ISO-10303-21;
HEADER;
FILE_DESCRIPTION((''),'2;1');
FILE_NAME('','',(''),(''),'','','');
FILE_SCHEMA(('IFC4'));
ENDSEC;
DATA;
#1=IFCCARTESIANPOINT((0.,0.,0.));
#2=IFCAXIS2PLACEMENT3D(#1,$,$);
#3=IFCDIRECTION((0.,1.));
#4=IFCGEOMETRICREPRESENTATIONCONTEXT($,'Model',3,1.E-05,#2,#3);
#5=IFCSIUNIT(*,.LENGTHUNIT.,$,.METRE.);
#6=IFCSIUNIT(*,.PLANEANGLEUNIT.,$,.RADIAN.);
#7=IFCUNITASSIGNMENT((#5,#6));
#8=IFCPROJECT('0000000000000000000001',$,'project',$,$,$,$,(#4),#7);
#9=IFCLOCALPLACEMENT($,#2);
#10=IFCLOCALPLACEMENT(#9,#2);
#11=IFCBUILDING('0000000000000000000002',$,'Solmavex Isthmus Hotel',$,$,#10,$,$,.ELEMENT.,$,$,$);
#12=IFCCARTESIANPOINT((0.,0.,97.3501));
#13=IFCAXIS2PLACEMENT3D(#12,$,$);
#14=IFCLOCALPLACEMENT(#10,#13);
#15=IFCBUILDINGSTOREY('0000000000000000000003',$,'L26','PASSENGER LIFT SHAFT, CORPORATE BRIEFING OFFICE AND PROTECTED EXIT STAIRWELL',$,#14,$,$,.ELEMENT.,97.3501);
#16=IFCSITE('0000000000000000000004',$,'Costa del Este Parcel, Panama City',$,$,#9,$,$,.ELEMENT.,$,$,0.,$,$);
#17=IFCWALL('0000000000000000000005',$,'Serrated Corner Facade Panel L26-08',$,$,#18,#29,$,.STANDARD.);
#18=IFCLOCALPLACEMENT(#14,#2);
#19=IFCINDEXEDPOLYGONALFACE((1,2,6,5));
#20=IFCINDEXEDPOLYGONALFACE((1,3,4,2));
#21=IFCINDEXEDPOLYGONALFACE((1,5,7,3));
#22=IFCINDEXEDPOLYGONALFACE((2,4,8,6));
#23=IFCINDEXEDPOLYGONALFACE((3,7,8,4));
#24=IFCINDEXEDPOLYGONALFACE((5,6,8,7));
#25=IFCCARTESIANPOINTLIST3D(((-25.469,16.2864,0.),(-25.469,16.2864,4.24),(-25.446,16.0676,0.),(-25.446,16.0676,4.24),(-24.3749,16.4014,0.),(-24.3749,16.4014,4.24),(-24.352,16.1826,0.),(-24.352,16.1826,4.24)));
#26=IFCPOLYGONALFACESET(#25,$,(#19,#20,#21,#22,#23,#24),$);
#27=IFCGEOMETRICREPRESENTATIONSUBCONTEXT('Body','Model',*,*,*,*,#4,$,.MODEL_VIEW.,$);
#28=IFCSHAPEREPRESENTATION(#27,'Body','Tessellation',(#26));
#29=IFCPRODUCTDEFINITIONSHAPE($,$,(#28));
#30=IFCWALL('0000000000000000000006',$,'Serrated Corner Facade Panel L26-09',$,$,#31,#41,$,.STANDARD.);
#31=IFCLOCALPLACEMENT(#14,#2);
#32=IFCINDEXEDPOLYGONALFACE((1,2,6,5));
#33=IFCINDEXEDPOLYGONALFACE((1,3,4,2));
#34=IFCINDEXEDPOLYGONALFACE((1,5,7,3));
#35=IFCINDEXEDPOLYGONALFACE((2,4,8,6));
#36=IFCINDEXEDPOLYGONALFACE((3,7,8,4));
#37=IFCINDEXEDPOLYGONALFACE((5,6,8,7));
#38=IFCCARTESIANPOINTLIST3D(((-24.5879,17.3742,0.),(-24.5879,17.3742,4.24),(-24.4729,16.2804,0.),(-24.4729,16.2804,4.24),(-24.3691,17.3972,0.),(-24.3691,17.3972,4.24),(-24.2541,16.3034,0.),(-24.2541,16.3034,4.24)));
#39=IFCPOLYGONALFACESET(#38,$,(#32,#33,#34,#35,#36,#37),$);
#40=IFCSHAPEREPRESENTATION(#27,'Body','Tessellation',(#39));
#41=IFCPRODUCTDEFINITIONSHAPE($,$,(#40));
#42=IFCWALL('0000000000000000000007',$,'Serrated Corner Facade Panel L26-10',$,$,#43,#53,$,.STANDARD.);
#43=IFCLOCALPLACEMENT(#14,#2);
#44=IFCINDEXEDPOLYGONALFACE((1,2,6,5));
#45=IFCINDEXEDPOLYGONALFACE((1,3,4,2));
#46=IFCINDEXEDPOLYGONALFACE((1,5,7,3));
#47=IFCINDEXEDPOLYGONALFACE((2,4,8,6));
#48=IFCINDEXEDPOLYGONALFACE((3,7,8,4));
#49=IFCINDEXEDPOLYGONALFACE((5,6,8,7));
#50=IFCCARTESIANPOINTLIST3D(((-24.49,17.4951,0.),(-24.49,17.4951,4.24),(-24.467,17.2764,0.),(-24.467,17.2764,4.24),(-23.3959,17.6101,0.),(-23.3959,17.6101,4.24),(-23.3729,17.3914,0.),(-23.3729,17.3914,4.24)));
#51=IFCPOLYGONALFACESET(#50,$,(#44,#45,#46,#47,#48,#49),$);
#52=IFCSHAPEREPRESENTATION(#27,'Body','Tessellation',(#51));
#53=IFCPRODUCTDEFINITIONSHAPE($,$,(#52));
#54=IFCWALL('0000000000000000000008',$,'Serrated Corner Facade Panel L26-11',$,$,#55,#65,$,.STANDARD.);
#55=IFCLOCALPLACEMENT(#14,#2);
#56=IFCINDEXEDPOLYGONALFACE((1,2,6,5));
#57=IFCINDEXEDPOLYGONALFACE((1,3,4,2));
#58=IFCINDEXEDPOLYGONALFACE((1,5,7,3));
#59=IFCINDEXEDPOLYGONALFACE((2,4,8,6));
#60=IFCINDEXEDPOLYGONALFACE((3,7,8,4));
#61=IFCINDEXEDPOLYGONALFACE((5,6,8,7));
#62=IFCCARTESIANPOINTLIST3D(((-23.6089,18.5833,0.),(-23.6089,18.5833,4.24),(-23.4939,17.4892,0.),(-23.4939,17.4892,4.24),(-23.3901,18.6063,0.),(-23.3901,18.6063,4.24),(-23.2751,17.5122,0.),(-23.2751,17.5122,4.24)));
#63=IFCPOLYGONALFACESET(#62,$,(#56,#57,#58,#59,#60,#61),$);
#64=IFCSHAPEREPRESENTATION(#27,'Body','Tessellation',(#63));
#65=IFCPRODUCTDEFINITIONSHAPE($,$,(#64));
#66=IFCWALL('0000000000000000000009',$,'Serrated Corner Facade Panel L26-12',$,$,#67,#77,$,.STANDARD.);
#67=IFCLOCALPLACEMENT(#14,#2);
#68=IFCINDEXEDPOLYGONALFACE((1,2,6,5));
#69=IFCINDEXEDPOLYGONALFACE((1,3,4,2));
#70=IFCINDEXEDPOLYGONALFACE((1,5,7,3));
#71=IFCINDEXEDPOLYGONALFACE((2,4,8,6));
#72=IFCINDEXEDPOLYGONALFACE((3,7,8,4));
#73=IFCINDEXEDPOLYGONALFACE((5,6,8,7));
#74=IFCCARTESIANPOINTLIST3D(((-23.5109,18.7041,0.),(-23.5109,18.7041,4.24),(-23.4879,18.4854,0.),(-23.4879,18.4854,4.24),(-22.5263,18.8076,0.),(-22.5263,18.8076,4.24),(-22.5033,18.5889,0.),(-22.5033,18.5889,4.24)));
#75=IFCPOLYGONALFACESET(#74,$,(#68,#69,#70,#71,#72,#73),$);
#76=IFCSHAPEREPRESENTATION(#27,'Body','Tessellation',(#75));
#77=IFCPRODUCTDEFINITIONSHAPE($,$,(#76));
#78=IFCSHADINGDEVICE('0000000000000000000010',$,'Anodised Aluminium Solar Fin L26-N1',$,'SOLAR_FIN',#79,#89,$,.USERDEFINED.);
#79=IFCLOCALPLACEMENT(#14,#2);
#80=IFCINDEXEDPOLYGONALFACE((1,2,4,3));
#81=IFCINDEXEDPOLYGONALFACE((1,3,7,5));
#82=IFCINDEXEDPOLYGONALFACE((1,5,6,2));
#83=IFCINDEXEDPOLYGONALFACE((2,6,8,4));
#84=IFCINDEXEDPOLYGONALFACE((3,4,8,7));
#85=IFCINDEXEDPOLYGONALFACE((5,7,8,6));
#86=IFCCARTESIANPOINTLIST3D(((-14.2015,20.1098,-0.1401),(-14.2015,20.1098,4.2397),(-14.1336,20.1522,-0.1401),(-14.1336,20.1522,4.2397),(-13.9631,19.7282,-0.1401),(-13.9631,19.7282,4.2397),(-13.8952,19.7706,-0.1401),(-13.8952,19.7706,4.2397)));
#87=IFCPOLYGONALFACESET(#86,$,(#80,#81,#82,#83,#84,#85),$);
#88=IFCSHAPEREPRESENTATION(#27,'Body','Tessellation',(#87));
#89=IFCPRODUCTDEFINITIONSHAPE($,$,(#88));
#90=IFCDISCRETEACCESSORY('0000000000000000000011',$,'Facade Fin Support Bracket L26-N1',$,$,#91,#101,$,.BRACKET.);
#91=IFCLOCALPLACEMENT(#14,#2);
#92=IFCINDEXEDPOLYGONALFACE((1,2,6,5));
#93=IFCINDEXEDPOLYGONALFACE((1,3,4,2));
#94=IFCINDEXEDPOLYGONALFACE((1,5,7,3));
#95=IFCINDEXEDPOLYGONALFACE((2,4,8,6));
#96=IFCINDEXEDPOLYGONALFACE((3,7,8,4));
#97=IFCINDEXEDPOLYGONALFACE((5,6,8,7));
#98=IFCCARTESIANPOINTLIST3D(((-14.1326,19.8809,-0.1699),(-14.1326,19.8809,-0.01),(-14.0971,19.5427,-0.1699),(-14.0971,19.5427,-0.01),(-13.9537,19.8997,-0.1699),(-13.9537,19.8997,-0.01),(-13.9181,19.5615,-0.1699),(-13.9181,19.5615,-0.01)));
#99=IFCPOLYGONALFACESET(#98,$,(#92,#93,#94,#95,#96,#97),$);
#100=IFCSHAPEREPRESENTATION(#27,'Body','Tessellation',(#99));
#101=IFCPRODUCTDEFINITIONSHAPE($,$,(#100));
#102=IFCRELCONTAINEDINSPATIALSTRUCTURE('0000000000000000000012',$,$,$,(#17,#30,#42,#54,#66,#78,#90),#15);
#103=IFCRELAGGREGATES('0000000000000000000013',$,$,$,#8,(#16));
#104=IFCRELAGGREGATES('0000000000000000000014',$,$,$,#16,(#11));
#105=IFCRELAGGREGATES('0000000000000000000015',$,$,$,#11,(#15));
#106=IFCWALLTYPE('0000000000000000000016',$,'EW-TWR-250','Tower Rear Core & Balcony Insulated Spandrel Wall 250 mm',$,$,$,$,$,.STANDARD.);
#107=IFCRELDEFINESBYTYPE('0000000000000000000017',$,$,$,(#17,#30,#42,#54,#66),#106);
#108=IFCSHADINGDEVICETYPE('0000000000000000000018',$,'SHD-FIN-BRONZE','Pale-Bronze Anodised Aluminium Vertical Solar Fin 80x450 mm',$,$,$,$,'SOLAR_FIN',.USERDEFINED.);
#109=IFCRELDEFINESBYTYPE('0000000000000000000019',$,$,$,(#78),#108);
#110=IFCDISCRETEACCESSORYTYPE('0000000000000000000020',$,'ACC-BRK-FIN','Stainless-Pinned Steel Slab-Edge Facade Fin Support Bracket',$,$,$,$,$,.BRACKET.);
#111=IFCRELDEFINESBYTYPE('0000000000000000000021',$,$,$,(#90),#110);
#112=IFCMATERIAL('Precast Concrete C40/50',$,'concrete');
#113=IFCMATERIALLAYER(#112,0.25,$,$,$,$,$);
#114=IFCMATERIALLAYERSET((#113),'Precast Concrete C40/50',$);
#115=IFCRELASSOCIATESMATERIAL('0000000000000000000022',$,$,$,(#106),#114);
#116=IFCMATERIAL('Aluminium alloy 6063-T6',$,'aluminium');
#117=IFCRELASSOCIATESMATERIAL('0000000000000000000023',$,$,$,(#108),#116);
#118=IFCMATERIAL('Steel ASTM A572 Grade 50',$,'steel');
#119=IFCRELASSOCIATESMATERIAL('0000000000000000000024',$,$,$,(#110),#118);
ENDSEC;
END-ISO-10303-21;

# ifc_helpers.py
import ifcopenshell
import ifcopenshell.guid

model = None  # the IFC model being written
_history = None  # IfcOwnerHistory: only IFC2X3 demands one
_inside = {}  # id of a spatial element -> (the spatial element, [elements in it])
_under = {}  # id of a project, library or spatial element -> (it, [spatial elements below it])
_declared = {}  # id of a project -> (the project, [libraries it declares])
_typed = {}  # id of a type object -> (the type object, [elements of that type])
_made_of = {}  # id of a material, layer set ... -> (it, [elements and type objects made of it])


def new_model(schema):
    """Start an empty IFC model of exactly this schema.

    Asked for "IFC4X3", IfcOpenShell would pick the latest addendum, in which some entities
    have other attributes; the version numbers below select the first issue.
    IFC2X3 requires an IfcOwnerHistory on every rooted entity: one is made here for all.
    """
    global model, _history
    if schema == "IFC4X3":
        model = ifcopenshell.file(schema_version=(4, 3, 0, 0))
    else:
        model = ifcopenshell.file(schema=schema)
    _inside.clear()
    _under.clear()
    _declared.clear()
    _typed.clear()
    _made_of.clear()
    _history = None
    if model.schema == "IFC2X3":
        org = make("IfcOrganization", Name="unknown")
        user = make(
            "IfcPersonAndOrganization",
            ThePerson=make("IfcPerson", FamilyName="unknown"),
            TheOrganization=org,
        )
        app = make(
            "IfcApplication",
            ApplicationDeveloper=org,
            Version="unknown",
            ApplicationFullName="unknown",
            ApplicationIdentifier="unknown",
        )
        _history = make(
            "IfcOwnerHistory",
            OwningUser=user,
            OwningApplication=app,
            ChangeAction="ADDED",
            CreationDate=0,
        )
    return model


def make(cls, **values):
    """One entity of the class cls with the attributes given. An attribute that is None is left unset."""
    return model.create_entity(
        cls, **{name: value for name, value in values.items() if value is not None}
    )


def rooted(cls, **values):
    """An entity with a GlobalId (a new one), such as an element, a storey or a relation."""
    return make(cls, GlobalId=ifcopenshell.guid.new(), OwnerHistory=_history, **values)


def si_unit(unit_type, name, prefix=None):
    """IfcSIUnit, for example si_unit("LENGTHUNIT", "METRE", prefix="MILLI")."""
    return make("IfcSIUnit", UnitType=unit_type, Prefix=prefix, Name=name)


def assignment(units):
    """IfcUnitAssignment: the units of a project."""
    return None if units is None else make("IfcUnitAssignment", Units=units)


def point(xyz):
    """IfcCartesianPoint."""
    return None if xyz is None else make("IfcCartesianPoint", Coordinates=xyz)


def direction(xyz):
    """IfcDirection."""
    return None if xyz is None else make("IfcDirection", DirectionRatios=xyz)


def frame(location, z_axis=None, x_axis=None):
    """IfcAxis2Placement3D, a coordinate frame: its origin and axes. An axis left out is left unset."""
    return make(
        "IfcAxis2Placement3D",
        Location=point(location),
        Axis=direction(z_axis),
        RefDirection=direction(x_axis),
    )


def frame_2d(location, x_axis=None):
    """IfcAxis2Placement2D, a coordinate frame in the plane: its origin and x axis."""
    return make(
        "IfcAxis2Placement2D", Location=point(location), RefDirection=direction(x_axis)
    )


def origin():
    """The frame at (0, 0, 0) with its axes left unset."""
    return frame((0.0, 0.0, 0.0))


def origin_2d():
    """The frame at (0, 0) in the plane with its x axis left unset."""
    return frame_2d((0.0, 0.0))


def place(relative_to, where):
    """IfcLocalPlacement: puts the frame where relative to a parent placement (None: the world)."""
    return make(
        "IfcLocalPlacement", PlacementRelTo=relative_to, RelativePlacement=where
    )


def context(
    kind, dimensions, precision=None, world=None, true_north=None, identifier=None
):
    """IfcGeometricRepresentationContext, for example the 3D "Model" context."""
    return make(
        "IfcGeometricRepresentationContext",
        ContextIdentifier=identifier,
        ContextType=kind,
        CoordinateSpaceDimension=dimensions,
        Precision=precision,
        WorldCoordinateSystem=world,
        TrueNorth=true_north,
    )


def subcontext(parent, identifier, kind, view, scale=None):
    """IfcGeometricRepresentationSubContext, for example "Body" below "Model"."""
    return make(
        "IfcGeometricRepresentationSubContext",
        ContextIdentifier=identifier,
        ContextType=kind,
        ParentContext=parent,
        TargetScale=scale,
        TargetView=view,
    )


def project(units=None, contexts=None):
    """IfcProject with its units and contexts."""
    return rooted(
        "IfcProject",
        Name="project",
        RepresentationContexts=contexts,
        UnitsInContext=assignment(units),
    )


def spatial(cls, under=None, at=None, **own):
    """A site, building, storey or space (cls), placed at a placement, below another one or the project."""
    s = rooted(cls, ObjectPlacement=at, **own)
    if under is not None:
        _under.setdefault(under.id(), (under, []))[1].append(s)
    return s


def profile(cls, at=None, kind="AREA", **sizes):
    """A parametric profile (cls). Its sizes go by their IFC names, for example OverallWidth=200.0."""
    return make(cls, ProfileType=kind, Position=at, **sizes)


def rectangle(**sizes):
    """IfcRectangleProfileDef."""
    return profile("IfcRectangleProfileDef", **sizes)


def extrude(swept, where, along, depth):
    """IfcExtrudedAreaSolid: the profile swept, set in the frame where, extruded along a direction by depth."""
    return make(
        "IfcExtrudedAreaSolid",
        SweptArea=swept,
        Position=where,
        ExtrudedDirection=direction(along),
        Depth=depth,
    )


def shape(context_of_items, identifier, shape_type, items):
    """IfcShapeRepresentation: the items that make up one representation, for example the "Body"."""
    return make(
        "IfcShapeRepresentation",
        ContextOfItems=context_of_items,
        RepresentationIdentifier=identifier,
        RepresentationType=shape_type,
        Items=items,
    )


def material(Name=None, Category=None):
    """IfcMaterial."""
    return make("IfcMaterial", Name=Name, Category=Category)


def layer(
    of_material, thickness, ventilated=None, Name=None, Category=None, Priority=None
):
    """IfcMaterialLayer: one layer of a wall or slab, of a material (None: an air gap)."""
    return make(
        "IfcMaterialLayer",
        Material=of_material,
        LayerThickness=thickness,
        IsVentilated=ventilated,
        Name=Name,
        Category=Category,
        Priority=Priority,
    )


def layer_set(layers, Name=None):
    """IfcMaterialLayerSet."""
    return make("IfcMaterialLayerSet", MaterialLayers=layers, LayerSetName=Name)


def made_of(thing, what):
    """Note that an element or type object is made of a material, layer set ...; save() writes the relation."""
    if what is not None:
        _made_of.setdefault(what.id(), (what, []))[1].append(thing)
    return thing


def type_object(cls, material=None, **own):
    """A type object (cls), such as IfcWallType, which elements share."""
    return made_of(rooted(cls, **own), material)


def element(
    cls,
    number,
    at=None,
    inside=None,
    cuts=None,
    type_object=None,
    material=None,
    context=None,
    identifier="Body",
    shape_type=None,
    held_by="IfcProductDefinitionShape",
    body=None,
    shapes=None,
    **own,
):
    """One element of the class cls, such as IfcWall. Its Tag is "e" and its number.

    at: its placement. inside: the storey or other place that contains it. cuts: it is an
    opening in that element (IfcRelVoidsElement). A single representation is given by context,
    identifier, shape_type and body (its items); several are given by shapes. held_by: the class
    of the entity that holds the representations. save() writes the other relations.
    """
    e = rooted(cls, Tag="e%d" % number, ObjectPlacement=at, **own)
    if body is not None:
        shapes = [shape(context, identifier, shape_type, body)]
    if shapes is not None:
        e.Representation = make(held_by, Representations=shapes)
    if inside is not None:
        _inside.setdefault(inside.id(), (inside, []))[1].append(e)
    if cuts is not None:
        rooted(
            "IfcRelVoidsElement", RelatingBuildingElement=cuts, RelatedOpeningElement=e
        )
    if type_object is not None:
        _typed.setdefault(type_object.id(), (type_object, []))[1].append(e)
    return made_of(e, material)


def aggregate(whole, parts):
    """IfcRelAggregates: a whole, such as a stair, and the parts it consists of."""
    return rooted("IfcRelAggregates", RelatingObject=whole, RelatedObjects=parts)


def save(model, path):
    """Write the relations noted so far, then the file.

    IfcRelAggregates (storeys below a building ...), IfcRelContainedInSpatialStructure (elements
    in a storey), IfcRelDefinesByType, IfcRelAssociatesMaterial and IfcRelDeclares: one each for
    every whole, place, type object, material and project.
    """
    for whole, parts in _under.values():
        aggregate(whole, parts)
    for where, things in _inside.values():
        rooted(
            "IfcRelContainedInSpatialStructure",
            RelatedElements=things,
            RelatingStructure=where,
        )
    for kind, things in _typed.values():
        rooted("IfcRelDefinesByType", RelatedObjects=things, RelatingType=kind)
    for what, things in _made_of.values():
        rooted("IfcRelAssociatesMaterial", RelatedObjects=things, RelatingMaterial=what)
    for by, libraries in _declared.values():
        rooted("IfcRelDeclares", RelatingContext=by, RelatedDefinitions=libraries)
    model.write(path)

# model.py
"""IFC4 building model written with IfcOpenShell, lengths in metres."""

from ifc_helpers import new_model, si_unit, direction, frame, frame_2d, origin, origin_2d, place, context, subcontext, project, spatial, rectangle, extrude, material, layer, layer_set, type_object, element, save


model = new_model("IFC4")

# Units and contexts
model_context = context("Model", 3, precision=1e-05, world=origin(), true_north=direction((0.0, 1.0)))
body_context = subcontext(model_context, "Body", "Model", "MODEL_VIEW")
ifc_project = project(units=[si_unit("LENGTHUNIT", "METRE"), si_unit("PLANEANGLEUNIT", "RADIAN")], contexts=[model_context])

# Site, building, storey
site_placement = place(None, origin())
site = spatial("IfcSite", under=ifc_project, at=site_placement, Name="Costa del Este Parcel, Panama City", CompositionType="ELEMENT", RefElevation=0.0)
building_placement = place(site_placement, origin())
building = spatial("IfcBuilding", under=site, at=building_placement, Name="Solmavex Isthmus Hotel", CompositionType="ELEMENT")
storey_placement = place(building_placement, frame((0.0, 0.0, 97.3501)))
storey = spatial("IfcBuildingStorey", under=building, at=storey_placement, Name="L26", Description="PASSENGER LIFT SHAFT, CORPORATE BRIEFING OFFICE AND PROTECTED EXIT STAIRWELL", CompositionType="ELEMENT", Elevation=97.3501)

# Shared definitions
ifc_material_1 = material(Name="Aluminium alloy 6063-T6", Category="aluminium")

# Walls
ifc_material_2 = material(Name="Precast Concrete C40/50", Category="concrete")
ifc_layer_1 = layer(ifc_material_2, 0.25)
ifc_layer_set_1 = layer_set([ifc_layer_1], Name="Precast Concrete C40/50")
wall_type = type_object("IfcWallType", Name="EW-TWR-250", Description="Tower Rear Core & Balcony Insulated Spandrel Wall 250 mm", PredefinedType="STANDARD", material=ifc_layer_set_1)
wall_1_placement = place(storey_placement, frame((-25.4575, 16.177, 0.0), z_axis=(0.0, 0.0, 1.0), x_axis=(0.994521, 0.104535, 0.0)))
element("IfcWall", 1, at=wall_1_placement, inside=storey, type_object=wall_type, Name="Serrated Corner Facade Panel L26-08", PredefinedType="STANDARD", context=body_context, shape_type="SweptSolid", body=[
    extrude(rectangle(XDim=1.1001, YDim=0.22, at=frame_2d((0.55, 0.0))), origin(), (0.0, 0.0, 1.0), 4.24),
])
wall_2_placement = place(storey_placement, frame((-24.3635, 16.292, 0.0), z_axis=(0.0, 0.0, 1.0), x_axis=(-0.104558, 0.994519, 0.0)))
element("IfcWall", 2, at=wall_2_placement, inside=storey, type_object=wall_type, Name="Serrated Corner Facade Panel L26-09", PredefinedType="STANDARD", context=body_context, shape_type="SweptSolid", body=[
    extrude(rectangle(XDim=1.0999, YDim=0.22, at=frame_2d((0.5498, 0.0))), origin(), (0.0, 0.0, 1.0), 4.24),
])
for number, where, z_axis, x_axis, name in (
    (3, (-24.4785, 17.3857, 0.0), (0.0, 0.0, 1.0), (0.994521, 0.104535, 0.0), "Serrated Corner Facade Panel L26-10"),
    (4, (-23.3845, 17.5007, 0.0), (0.0, 0.0, 1.0), (-0.104535, 0.994521, 0.0), "Serrated Corner Facade Panel L26-11"),
):
    element("IfcWall", number, at=place(storey_placement, frame(where, z_axis=z_axis, x_axis=x_axis)), inside=storey, type_object=wall_type, Name=name, PredefinedType="STANDARD", context=body_context, shape_type="SweptSolid", body=[
        extrude(rectangle(XDim=1.1001, YDim=0.22, at=frame_2d((0.55, 0.0))), origin(), (0.0, 0.0, 1.0), 4.24),
    ])
wall_3_placement = place(storey_placement, frame((-23.4995, 18.5947, 0.0), z_axis=(0.0, 0.0, 1.0), x_axis=(0.994519, 0.104556, 0.0)))
element("IfcWall", 5, at=wall_3_placement, inside=storey, type_object=wall_type, Name="Serrated Corner Facade Panel L26-12", PredefinedType="STANDARD", context=body_context, shape_type="SweptSolid", body=[
    extrude(rectangle(XDim=0.99, YDim=0.22, at=frame_2d((0.4951, 0.0))), origin(), (0.0, 0.0, 1.0), 4.24),
])

# Shading device
shading_device_type = type_object("IfcShadingDeviceType", Name="SHD-FIN-BRONZE", Description="Pale-Bronze Anodised Aluminium Vertical Solar Fin 80x450 mm", ElementType="SOLAR_FIN", PredefinedType="USERDEFINED", material=ifc_material_1)
shading_device_placement = place(storey_placement, frame((-14.0483, 19.9402, -0.1401), z_axis=(0.0, 0.0, 1.0), x_axis=(-0.529919, 0.848048, 0.0)))
element("IfcShadingDevice", 6, at=shading_device_placement, inside=storey, type_object=shading_device_type, Name="Anodised Aluminium Solar Fin L26-N1", ObjectType="SOLAR_FIN", PredefinedType="USERDEFINED", context=body_context, shape_type="SweptSolid", body=[
    extrude(rectangle(XDim=0.45, YDim=0.0801, at=origin_2d()), origin(), (0.0, 0.0, 1.0), 4.3799),
])

# Discrete accessory
ifc_material_3 = material(Name="Steel ASTM A572 Grade 50", Category="steel")
discrete_accessory_type = type_object("IfcDiscreteAccessoryType", Name="ACC-BRK-FIN", Description="Stainless-Pinned Steel Slab-Edge Facade Fin Support Bracket", PredefinedType="BRACKET", material=ifc_material_3)
discrete_accessory_placement = place(storey_placement, frame((-14.0254, 19.7212, -0.1699), z_axis=(0.0, 0.0, 1.0), x_axis=(-0.104528, 0.994522, 0.0)))
element("IfcDiscreteAccessory", 7, at=discrete_accessory_placement, inside=storey, type_object=discrete_accessory_type, Name="Facade Fin Support Bracket L26-N1", PredefinedType="BRACKET", context=body_context, shape_type="SweptSolid", body=[
    extrude(rectangle(XDim=0.3401, YDim=0.1799, at=origin_2d()), origin(), (0.0, 0.0, 1.0), 0.1599),
])

save(model, "model.ifc")
